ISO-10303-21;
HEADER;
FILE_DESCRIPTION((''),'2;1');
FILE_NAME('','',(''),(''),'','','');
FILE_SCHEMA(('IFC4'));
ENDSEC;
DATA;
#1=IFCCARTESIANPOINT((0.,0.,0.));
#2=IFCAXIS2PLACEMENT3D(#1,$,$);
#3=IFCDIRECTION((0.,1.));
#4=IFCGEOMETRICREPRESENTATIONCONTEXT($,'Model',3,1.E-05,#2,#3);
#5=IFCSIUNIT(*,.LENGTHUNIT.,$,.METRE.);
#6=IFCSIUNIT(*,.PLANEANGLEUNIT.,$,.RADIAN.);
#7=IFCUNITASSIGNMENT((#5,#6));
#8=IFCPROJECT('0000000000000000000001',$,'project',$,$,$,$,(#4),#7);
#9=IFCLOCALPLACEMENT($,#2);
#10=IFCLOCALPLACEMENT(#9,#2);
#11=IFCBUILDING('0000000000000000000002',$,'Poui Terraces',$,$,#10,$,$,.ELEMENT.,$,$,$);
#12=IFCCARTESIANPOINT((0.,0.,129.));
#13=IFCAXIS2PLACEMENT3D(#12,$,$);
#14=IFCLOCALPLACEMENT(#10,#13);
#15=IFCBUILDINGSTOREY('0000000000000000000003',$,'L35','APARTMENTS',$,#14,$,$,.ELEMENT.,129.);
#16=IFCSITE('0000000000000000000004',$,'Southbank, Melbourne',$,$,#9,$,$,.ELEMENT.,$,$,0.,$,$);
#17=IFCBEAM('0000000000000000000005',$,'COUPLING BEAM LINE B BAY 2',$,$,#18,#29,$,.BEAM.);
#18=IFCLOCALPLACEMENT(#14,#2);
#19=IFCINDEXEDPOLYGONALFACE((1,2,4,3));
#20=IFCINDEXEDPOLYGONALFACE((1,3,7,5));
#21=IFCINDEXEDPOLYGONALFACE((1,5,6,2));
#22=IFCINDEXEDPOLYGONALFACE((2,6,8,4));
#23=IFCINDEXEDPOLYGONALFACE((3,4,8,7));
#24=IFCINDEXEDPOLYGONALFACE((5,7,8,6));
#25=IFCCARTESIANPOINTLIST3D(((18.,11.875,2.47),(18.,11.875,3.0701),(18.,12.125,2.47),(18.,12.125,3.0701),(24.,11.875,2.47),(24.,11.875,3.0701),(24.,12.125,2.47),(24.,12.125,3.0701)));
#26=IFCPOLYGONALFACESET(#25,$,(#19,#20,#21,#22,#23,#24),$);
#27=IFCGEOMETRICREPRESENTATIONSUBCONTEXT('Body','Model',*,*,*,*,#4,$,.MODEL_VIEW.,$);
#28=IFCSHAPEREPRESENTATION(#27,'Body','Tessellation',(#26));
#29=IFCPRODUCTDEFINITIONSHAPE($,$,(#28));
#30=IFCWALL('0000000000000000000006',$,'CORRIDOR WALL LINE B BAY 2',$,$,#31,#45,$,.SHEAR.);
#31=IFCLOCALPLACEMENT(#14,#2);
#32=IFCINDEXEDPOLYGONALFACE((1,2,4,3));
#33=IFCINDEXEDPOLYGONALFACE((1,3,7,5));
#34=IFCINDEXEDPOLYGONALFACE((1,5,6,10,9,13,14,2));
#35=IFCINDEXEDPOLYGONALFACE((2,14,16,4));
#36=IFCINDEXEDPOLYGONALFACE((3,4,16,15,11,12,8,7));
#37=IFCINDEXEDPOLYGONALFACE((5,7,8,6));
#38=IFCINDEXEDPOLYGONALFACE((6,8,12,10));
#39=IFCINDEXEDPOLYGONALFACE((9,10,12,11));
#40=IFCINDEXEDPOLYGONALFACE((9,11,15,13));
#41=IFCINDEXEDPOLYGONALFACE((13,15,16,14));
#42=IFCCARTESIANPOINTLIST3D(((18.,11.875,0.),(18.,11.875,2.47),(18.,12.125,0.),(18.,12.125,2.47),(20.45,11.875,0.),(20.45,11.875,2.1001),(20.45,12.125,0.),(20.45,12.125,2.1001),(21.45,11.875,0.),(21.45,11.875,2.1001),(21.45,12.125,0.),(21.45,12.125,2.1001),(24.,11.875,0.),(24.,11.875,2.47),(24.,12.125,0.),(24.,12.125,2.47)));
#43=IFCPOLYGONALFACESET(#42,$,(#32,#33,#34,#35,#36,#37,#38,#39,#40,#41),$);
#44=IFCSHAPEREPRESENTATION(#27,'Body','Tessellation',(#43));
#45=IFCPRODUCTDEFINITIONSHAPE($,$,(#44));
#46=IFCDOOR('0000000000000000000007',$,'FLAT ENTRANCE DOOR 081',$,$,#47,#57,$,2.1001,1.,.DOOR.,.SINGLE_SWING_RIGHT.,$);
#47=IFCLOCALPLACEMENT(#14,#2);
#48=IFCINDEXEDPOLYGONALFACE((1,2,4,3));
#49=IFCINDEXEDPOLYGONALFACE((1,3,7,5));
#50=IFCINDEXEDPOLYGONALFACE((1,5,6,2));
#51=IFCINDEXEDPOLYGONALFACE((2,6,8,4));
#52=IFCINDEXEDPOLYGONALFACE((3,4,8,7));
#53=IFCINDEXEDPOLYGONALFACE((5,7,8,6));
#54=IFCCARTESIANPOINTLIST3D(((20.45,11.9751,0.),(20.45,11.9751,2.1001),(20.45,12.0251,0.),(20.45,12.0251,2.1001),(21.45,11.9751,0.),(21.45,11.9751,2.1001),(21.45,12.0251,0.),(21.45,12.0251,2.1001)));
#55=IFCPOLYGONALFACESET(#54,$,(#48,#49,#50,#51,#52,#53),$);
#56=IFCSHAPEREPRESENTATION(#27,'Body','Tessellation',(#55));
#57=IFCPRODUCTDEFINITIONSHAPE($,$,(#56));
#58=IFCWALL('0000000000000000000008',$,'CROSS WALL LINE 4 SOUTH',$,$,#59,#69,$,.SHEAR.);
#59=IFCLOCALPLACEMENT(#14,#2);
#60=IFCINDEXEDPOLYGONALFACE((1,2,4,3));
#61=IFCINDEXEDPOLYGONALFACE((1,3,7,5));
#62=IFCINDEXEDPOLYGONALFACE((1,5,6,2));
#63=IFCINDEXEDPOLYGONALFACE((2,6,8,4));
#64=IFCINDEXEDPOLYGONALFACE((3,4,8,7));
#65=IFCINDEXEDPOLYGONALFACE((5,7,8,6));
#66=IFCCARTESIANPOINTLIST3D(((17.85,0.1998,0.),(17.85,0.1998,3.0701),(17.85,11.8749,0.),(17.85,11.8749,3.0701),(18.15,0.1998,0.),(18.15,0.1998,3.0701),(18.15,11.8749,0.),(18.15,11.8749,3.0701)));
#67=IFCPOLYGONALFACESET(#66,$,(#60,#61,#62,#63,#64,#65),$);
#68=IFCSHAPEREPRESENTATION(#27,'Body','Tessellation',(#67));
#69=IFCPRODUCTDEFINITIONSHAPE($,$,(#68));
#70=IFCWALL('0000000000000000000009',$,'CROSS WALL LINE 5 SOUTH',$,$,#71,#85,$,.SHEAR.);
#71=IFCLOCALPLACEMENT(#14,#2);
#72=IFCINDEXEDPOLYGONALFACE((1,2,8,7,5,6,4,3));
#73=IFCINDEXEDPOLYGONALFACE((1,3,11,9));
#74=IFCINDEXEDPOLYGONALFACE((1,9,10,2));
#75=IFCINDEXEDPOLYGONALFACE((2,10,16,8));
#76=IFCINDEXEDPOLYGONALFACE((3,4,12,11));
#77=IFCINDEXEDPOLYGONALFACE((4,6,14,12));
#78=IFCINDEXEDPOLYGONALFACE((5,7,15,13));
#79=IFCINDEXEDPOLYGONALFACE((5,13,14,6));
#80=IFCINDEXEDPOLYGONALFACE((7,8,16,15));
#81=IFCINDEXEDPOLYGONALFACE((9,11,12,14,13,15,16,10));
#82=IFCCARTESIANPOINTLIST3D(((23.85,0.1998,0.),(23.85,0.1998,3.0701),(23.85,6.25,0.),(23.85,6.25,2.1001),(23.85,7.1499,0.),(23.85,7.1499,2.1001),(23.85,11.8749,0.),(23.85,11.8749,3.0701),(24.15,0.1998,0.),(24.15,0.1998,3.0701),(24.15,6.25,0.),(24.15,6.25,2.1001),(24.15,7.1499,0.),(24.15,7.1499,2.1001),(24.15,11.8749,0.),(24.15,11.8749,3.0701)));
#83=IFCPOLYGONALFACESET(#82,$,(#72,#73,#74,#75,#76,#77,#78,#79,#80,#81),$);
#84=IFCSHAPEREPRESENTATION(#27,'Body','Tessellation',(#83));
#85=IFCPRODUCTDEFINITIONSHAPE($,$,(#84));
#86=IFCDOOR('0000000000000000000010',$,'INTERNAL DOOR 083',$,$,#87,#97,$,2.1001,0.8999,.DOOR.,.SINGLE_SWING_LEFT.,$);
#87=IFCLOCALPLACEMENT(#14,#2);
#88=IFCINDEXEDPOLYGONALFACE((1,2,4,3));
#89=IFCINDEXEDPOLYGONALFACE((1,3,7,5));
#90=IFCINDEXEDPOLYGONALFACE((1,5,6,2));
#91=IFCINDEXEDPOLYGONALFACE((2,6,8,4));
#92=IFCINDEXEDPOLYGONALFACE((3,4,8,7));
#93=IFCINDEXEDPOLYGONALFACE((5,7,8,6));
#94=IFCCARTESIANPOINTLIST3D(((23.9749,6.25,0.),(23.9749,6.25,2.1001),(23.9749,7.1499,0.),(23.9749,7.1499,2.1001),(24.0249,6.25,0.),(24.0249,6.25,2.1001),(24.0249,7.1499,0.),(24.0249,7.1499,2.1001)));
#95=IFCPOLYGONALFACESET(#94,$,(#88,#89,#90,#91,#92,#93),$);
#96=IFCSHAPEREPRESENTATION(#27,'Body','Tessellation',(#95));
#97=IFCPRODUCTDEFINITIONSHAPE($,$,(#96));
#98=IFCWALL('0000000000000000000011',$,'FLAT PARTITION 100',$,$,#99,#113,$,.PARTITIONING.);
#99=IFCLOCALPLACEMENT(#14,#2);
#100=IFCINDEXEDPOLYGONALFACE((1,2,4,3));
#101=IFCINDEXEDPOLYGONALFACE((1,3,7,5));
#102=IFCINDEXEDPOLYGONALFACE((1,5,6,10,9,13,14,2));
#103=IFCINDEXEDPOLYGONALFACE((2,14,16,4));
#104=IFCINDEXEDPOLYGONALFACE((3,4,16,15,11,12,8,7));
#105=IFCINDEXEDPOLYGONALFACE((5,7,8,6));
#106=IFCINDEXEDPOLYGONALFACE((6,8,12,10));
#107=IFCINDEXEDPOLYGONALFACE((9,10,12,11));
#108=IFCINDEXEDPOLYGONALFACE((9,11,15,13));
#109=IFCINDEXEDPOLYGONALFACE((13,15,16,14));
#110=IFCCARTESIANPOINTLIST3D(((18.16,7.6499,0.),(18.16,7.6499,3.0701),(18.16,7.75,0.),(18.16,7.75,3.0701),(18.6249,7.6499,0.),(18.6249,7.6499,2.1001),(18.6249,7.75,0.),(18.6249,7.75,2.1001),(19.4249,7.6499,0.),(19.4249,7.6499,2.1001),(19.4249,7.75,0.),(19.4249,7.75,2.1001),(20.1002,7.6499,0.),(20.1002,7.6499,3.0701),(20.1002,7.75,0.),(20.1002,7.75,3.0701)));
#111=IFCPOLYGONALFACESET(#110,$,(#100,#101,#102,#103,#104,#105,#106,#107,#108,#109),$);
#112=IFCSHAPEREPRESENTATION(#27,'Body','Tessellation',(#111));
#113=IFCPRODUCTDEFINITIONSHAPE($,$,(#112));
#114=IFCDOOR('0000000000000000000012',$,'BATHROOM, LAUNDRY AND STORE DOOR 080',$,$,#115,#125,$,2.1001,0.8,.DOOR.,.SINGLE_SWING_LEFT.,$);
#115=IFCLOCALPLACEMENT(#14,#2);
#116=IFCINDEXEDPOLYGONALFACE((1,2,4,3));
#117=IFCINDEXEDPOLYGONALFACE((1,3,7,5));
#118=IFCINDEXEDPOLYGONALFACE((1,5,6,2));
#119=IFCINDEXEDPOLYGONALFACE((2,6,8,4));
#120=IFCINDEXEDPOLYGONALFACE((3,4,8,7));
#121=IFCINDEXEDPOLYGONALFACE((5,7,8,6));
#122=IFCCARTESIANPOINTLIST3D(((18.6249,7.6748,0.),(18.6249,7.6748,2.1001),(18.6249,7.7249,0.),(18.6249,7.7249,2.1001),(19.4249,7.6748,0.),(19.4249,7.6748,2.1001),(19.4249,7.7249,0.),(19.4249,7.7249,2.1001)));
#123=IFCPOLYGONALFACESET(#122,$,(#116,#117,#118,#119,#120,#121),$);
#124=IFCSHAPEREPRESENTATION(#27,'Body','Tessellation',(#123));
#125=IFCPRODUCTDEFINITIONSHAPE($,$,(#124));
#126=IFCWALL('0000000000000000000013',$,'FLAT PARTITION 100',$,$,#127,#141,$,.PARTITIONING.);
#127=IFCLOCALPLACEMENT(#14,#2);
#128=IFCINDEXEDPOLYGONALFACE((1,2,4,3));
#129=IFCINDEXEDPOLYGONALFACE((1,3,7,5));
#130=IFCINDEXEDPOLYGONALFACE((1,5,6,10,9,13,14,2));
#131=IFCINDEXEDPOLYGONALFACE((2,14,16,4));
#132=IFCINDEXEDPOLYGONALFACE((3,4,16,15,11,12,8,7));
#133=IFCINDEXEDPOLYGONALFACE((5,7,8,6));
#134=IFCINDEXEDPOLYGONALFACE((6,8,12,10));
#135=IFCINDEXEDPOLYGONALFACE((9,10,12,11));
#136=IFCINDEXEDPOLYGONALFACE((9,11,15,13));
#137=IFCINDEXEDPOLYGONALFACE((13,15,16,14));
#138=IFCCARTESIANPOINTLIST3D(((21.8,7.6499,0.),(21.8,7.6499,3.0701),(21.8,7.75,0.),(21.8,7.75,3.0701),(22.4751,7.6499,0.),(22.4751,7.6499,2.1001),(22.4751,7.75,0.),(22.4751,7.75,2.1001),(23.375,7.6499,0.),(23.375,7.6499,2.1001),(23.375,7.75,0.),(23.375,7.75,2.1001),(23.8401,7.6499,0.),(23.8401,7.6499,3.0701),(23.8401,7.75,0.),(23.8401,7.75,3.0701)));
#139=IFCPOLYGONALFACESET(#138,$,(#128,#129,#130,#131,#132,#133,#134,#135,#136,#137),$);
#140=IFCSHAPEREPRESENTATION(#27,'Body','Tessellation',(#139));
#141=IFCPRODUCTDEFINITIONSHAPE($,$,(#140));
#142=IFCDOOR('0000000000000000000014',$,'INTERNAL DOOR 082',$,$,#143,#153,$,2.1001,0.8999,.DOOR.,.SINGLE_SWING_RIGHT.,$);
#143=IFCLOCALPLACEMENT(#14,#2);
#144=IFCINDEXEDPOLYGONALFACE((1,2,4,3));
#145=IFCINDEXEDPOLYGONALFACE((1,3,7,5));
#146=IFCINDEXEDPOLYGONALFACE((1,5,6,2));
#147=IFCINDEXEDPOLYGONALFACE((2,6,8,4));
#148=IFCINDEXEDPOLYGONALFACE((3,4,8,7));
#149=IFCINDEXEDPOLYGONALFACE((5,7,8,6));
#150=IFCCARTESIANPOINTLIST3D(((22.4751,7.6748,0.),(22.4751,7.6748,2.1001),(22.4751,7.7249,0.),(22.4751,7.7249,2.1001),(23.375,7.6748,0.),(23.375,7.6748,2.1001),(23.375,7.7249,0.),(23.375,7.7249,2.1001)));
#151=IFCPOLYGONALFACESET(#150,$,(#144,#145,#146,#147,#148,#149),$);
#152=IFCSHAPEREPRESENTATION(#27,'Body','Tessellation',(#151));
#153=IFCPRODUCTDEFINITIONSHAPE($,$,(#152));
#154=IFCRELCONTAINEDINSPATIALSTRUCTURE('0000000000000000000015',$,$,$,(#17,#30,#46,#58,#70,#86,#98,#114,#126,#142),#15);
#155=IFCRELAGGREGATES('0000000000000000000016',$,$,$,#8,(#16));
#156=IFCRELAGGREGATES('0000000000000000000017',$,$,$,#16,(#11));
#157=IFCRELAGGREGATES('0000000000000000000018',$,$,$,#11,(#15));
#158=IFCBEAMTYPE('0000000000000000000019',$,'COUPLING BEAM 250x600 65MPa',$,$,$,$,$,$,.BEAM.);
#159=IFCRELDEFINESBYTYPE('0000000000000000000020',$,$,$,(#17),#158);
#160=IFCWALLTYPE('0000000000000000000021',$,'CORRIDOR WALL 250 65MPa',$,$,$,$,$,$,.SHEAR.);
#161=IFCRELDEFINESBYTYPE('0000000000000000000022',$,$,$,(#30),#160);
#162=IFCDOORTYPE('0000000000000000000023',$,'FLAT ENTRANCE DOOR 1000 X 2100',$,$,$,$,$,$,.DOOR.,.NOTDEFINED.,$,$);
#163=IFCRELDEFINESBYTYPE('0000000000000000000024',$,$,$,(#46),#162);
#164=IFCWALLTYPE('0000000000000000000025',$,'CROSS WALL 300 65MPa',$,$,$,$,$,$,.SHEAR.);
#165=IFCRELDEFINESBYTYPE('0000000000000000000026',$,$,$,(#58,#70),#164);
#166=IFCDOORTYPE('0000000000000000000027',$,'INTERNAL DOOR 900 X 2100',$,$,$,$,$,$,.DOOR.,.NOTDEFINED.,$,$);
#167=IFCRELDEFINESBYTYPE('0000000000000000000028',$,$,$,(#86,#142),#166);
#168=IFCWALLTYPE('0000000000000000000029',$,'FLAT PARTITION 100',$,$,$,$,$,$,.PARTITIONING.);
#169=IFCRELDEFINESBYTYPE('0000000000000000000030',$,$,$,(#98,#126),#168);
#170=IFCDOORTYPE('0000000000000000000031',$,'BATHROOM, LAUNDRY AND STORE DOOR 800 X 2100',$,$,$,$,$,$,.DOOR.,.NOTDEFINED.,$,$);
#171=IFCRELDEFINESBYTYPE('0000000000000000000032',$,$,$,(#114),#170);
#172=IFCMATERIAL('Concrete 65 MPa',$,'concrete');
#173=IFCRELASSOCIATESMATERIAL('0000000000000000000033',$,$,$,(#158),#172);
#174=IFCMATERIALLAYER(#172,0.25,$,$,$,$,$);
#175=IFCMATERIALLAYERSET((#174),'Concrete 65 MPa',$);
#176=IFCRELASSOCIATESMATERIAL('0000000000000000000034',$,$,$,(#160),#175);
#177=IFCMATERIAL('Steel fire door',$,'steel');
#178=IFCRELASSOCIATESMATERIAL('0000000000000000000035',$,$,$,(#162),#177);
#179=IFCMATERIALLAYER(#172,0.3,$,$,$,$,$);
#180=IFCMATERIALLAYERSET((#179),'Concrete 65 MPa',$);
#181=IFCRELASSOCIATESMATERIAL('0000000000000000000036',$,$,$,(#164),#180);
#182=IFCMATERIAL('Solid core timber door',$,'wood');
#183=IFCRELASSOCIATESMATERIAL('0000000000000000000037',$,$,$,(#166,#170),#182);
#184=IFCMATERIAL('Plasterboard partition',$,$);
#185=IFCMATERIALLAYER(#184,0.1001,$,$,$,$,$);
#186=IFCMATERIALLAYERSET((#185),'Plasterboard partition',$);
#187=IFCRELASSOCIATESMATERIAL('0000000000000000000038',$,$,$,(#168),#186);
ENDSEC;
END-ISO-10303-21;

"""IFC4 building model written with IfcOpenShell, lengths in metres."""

from ifc_helpers import new_model, si_unit, direction, frame, frame_2d, origin, origin_2d, place, context, subcontext, project, spatial, rectangle, extrude, source, transform, mapped, material, layer, layer_set, material_profile, profile_set, type_object, element, fill, save


model = new_model("IFC4")

# Units and contexts
model_context = context("Model", 3, precision=1e-05, world=origin(), true_north=direction((0.0, 1.0)))
body_context = subcontext(model_context, "Body", "Model", "MODEL_VIEW")
ifc_project = project(units=[si_unit("LENGTHUNIT", "METRE"), si_unit("PLANEANGLEUNIT", "RADIAN")], contexts=[model_context])

# Site, building, storey
site_placement = place(None, origin())
site = spatial("IfcSite", under=ifc_project, at=site_placement, Name="Southbank, Melbourne", CompositionType="ELEMENT", RefElevation=0.0)
building_placement = place(site_placement, origin())
building = spatial("IfcBuilding", under=site, at=building_placement, Name="Poui Terraces", CompositionType="ELEMENT")
storey_placement = place(building_placement, frame((0.0, 0.0, 129.0)))
storey = spatial("IfcBuildingStorey", under=building, at=storey_placement, Name="L35", Description="APARTMENTS", CompositionType="ELEMENT", Elevation=129.0)

# Beam
ifc_material_1 = material(Name="Concrete 65 MPa", Category="concrete")
ifc_material_profile = material_profile(ifc_material_1, rectangle(XDim=0.25, YDim=0.6001, at=origin_2d()), Name="RC 250x600")
ifc_profile_set = profile_set([ifc_material_profile], Name="Concrete 65 MPa")
beam_type = type_object("IfcBeamType", Name="COUPLING BEAM 250x600 65MPa", PredefinedType="BEAM", material=ifc_profile_set)
shared_shape = source(origin(), body_context, "Body", "SweptSolid", [
    extrude(rectangle(XDim=0.25, YDim=0.6001, at=origin_2d()), origin(), (0.0, 0.0, 1.0), 6.0),
])
beam_placement = place(storey_placement, frame((18.0, 12.0, 2.77), z_axis=(1.0, 0.0, 0.0), x_axis=(0.0, 1.0, 0.0)))
element("IfcBeam", 1, at=beam_placement, inside=storey, type_object=beam_type, Name="COUPLING BEAM LINE B BAY 2", PredefinedType="BEAM", context=body_context, shape_type="MappedRepresentation", body=[
    mapped(shared_shape, transform((0.0, 0.0, 0.0))),
])

# Wall, opening, door
ifc_layer_1 = layer(ifc_material_1, 0.25)
ifc_layer_set_1 = layer_set([ifc_layer_1], Name="Concrete 65 MPa")
wall_type_1 = type_object("IfcWallType", Name="CORRIDOR WALL 250 65MPa", PredefinedType="SHEAR", material=ifc_layer_set_1)
wall_1_placement = place(storey_placement, frame((18.0, 12.0, 0.0), z_axis=(0.0, 0.0, 1.0), x_axis=(1.0, 0.0, 0.0)))
wall_1 = element("IfcWall", 2, at=wall_1_placement, inside=storey, type_object=wall_type_1, Name="CORRIDOR WALL LINE B BAY 2", PredefinedType="SHEAR", context=body_context, shape_type="SweptSolid", body=[
    extrude(rectangle(XDim=6.0, YDim=0.25, at=frame_2d((3.0, 0.0))), origin(), (0.0, 0.0, 1.0), 2.47),
])
opening_1_placement = place(wall_1_placement, frame((2.45, 0.0, 0.0)))
opening_1 = element("IfcOpeningElement", 3, at=opening_1_placement, cuts=wall_1, PredefinedType="OPENING", context=body_context, shape_type="SweptSolid", body=[
    extrude(rectangle(XDim=1.0, YDim=2.1001, at=frame_2d((0.5, 1.05))), frame((0.0, 0.135, 0.0), z_axis=(0.0, -1.0, 0.0), x_axis=(1.0, 0.0, 0.0)), (0.0, 0.0, 1.0), 0.27),
])
ifc_material_2 = material(Name="Steel fire door", Category="steel")
door_type_1 = type_object("IfcDoorType", Name="FLAT ENTRANCE DOOR 1000 X 2100", OperationType="NOTDEFINED", PredefinedType="DOOR", material=ifc_material_2)
door_1_placement = place(opening_1_placement, frame((1.0, 0.0, 0.0), z_axis=(0.0, 0.0, 1.0), x_axis=(-1.0, 0.0, 0.0)))
door_1 = element("IfcDoor", 4, at=door_1_placement, inside=storey, type_object=door_type_1, Name="FLAT ENTRANCE DOOR 081", OperationType="SINGLE_SWING_RIGHT", OverallHeight=2.1001, OverallWidth=1.0, PredefinedType="DOOR", context=body_context, shape_type="SweptSolid", body=[
    extrude(rectangle(XDim=1.0, YDim=2.1001, at=frame_2d((0.5, 1.05))), frame((0.0, 0.0249, 0.0), z_axis=(0.0, -1.0, 0.0), x_axis=(1.0, 0.0, 0.0)), (0.0, 0.0, 1.0), 0.05),
])
fill(opening_1, door_1)

# Wall
ifc_layer_2 = layer(ifc_material_1, 0.3)
ifc_layer_set_2 = layer_set([ifc_layer_2], Name="Concrete 65 MPa")
wall_type_2 = type_object("IfcWallType", Name="CROSS WALL 300 65MPa", PredefinedType="SHEAR", material=ifc_layer_set_2)
wall_2_placement = place(storey_placement, frame((18.0, 0.2, 0.0), z_axis=(0.0, 0.0, 1.0), x_axis=(0.0, 1.0, 0.0)))
element("IfcWall", 5, at=wall_2_placement, inside=storey, type_object=wall_type_2, Name="CROSS WALL LINE 4 SOUTH", PredefinedType="SHEAR", context=body_context, shape_type="SweptSolid", body=[
    extrude(rectangle(XDim=11.675, YDim=0.3, at=frame_2d((5.8374, 0.0))), origin(), (0.0, 0.0, 1.0), 3.0701),
])

# Walls, openings, doors
wall_3_placement = place(storey_placement, frame((24.0, 0.2, 0.0), z_axis=(0.0, 0.0, 1.0), x_axis=(0.0, 1.0, 0.0)))
wall_3 = element("IfcWall", 6, at=wall_3_placement, inside=storey, type_object=wall_type_2, Name="CROSS WALL LINE 5 SOUTH", PredefinedType="SHEAR", context=body_context, shape_type="SweptSolid", body=[
    extrude(rectangle(XDim=11.675, YDim=0.3, at=frame_2d((5.8374, 0.0))), origin(), (0.0, 0.0, 1.0), 3.0701),
])
opening_2_placement = place(wall_3_placement, frame((6.05, 0.0, 0.0)))
opening_2 = element("IfcOpeningElement", 7, at=opening_2_placement, cuts=wall_3, PredefinedType="OPENING", context=body_context, shape_type="SweptSolid", body=[
    extrude(rectangle(XDim=0.8999, YDim=2.1001, at=frame_2d((0.45, 1.05))), frame((0.0, 0.1602, 0.0), z_axis=(0.0, -1.0, 0.0), x_axis=(1.0, 0.0, 0.0)), (0.0, 0.0, 1.0), 0.3201),
])
ifc_material_3 = material(Name="Solid core timber door", Category="wood")
door_type_2 = type_object("IfcDoorType", Name="INTERNAL DOOR 900 X 2100", OperationType="NOTDEFINED", PredefinedType="DOOR", material=ifc_material_3)
door_2_placement = place(opening_2_placement, frame((0.8999, 0.0, 0.0), z_axis=(0.0, 0.0, 1.0), x_axis=(-1.0, 0.0, 0.0)))
door_2 = element("IfcDoor", 8, at=door_2_placement, inside=storey, type_object=door_type_2, Name="INTERNAL DOOR 083", OperationType="SINGLE_SWING_LEFT", OverallHeight=2.1001, OverallWidth=0.8999, PredefinedType="DOOR", context=body_context, shape_type="SweptSolid", body=[
    extrude(rectangle(XDim=0.8999, YDim=2.1001, at=frame_2d((0.45, 1.05))), frame((0.0, 0.0249, 0.0), z_axis=(0.0, -1.0, 0.0), x_axis=(1.0, 0.0, 0.0)), (0.0, 0.0, 1.0), 0.05),
])
fill(opening_2, door_2)
ifc_material_4 = material(Name="Plasterboard partition")
ifc_layer_3 = layer(ifc_material_4, 0.1001)
ifc_layer_set_3 = layer_set([ifc_layer_3], Name="Plasterboard partition")
wall_type_3 = type_object("IfcWallType", Name="FLAT PARTITION 100", PredefinedType="PARTITIONING", material=ifc_layer_set_3)
wall_4_placement = place(storey_placement, frame((18.1599, 7.7, 0.0), z_axis=(0.0, 0.0, 1.0), x_axis=(1.0, 0.0, 0.0)))
wall_4 = element("IfcWall", 9, at=wall_4_placement, inside=storey, type_object=wall_type_3, Name="FLAT PARTITION 100", PredefinedType="PARTITIONING", context=body_context, shape_type="SweptSolid", body=[
    extrude(rectangle(XDim=1.9402, YDim=0.1001, at=frame_2d((0.9702, 0.0))), origin(), (0.0, 0.0, 1.0), 3.0701),
])
opening_3_placement = place(wall_4_placement, frame((0.4651, 0.0, 0.0)))
opening_3 = element("IfcOpeningElement", 10, at=opening_3_placement, cuts=wall_4, PredefinedType="OPENING", context=body_context, shape_type="SweptSolid", body=[
    extrude(rectangle(XDim=0.8, YDim=2.1001, at=frame_2d((0.3999, 1.05))), frame((0.0, 0.0601, 0.0), z_axis=(0.0, -1.0, 0.0), x_axis=(1.0, 0.0, 0.0)), (0.0, 0.0, 1.0), 0.1201),
])
door_type_3 = type_object("IfcDoorType", Name="BATHROOM, LAUNDRY AND STORE DOOR 800 X 2100", OperationType="NOTDEFINED", PredefinedType="DOOR", material=ifc_material_3)
door_3_placement = place(opening_3_placement, origin())
door_3 = element("IfcDoor", 11, at=door_3_placement, inside=storey, type_object=door_type_3, Name="BATHROOM, LAUNDRY AND STORE DOOR 080", OperationType="SINGLE_SWING_LEFT", OverallHeight=2.1001, OverallWidth=0.8, PredefinedType="DOOR", context=body_context, shape_type="SweptSolid", body=[
    extrude(rectangle(XDim=0.8, YDim=2.1001, at=frame_2d((0.3999, 1.05))), frame((0.0, 0.0249, 0.0), z_axis=(0.0, -1.0, 0.0), x_axis=(1.0, 0.0, 0.0)), (0.0, 0.0, 1.0), 0.05),
])
fill(opening_3, door_3)
wall_5_placement = place(storey_placement, frame((21.8, 7.7, 0.0), z_axis=(0.0, 0.0, 1.0), x_axis=(1.0, 0.0, 0.0)))
wall_5 = element("IfcWall", 12, at=wall_5_placement, inside=storey, type_object=wall_type_3, Name="FLAT PARTITION 100", PredefinedType="PARTITIONING", context=body_context, shape_type="SweptSolid", body=[
    extrude(rectangle(XDim=2.04, YDim=0.1001, at=frame_2d((1.02, 0.0))), origin(), (0.0, 0.0, 1.0), 3.0701),
])
opening_4_placement = place(wall_5_placement, frame((0.675, 0.0, 0.0)))
opening_4 = element("IfcOpeningElement", 13, at=opening_4_placement, cuts=wall_5, PredefinedType="OPENING", context=body_context, shape_type="SweptSolid", body=[
    extrude(rectangle(XDim=0.8999, YDim=2.1001, at=frame_2d((0.45, 1.05))), frame((0.0, 0.0601, 0.0), z_axis=(0.0, -1.0, 0.0), x_axis=(1.0, 0.0, 0.0)), (0.0, 0.0, 1.0), 0.1201),
])
door_4_placement = place(opening_4_placement, origin())
door_4 = element("IfcDoor", 14, at=door_4_placement, inside=storey, type_object=door_type_2, Name="INTERNAL DOOR 082", OperationType="SINGLE_SWING_RIGHT", OverallHeight=2.1001, OverallWidth=0.8999, PredefinedType="DOOR", context=body_context, shape_type="SweptSolid", body=[
    extrude(rectangle(XDim=0.8999, YDim=2.1001, at=frame_2d((0.45, 1.05))), frame((0.0, 0.0249, 0.0), z_axis=(0.0, -1.0, 0.0), x_axis=(1.0, 0.0, 0.0)), (0.0, 0.0, 1.0), 0.05),
])
fill(opening_4, door_4)

save(model, "model.ifc")
